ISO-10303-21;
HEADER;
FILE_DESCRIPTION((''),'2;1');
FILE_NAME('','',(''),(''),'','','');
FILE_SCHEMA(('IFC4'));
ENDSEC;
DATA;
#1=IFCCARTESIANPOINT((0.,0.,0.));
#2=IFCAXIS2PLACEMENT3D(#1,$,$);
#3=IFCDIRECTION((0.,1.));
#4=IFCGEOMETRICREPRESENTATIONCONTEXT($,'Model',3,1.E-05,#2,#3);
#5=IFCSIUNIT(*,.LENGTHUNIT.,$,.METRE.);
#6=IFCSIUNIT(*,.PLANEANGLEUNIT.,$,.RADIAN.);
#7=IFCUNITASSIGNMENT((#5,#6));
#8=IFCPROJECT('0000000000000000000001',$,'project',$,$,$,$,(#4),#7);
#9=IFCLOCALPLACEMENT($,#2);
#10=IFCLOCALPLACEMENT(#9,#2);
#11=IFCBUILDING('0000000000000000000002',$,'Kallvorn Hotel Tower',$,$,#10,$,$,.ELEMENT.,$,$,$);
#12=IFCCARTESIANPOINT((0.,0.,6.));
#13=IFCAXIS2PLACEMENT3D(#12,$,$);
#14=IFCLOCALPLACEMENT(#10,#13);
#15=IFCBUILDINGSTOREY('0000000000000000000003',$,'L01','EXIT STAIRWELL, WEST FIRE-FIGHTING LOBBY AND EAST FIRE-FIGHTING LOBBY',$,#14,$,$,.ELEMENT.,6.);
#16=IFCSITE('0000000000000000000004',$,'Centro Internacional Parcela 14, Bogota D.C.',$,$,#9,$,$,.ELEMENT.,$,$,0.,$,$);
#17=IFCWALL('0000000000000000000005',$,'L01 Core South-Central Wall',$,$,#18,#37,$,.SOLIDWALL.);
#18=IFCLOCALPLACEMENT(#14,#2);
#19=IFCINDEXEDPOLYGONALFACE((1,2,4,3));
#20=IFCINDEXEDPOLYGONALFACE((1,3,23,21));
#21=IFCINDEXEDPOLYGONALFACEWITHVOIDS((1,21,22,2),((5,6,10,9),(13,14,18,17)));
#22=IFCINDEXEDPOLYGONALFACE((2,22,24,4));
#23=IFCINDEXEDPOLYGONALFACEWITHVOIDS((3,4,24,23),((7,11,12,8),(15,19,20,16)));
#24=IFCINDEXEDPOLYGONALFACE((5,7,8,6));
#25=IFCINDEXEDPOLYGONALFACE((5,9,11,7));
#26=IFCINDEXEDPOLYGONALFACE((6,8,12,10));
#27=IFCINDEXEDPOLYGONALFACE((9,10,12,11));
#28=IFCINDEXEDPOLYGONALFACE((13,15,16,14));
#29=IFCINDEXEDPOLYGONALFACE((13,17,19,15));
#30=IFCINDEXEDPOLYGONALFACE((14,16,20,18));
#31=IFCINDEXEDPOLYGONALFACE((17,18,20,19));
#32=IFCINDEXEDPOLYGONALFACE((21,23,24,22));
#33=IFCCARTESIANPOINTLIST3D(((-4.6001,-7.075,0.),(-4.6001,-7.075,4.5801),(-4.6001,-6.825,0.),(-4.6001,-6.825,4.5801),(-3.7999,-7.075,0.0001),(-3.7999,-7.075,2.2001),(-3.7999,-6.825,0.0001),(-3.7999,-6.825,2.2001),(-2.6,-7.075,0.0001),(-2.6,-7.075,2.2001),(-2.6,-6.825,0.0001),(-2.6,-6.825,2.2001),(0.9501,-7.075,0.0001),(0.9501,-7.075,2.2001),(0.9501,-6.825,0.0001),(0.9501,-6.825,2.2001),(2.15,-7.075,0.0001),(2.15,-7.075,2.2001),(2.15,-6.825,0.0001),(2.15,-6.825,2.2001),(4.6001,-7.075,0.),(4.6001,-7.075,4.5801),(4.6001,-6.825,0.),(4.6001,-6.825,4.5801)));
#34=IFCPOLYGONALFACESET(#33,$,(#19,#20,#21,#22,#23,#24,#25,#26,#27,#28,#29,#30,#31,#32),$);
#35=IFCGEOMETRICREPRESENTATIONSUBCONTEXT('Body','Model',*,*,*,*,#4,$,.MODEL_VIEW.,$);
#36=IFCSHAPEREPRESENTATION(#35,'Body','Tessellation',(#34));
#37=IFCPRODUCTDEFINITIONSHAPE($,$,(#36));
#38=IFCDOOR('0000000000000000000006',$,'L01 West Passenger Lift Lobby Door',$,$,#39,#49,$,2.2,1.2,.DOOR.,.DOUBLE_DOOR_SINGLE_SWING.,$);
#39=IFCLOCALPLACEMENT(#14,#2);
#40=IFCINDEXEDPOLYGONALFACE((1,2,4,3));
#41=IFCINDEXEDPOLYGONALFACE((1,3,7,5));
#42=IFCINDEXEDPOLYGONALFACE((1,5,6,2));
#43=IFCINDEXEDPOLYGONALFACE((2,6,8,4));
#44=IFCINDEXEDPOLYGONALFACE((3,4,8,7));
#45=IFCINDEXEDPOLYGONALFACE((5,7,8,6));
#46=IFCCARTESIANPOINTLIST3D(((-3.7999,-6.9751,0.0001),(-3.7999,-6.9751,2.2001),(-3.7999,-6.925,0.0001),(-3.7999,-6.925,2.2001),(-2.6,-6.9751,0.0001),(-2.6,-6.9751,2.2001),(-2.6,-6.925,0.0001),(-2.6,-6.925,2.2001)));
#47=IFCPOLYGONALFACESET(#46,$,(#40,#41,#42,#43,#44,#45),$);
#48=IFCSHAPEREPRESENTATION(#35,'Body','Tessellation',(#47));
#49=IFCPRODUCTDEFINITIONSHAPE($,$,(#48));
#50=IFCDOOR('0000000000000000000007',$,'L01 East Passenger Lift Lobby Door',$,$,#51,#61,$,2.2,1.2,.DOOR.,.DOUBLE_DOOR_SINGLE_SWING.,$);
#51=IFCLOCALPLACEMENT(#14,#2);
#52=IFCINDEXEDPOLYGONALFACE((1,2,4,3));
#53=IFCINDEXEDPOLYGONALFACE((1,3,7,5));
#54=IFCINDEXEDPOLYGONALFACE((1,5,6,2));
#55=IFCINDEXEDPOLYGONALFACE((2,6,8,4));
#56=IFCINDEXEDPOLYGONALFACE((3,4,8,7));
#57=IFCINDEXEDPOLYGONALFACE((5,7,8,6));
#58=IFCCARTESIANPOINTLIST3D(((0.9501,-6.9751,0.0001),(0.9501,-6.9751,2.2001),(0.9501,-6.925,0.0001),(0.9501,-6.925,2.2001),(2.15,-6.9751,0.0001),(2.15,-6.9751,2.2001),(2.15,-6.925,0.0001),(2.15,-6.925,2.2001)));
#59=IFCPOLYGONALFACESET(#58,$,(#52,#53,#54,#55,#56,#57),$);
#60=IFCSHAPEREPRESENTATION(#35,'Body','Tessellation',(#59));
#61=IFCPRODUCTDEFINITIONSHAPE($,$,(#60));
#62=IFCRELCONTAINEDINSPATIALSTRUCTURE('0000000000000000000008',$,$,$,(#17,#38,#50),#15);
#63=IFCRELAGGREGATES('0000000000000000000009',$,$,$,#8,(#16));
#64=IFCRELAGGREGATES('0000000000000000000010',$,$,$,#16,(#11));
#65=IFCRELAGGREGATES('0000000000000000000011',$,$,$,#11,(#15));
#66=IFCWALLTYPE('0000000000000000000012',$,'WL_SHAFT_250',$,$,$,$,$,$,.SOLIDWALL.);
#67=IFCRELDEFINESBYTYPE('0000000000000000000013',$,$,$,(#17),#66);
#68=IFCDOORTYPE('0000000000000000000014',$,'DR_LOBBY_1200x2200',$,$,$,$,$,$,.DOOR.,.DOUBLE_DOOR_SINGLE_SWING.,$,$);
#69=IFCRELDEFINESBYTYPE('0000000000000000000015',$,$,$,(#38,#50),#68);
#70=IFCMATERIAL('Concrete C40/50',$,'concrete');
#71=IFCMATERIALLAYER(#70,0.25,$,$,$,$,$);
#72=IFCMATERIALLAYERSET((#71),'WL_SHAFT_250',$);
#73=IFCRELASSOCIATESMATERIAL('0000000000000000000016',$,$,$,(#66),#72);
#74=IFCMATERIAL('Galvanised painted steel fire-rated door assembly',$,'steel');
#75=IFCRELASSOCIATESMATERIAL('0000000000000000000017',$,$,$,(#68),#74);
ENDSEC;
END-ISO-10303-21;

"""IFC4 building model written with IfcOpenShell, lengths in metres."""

from ifc_helpers import new_model, si_unit, direction, frame, frame_2d, origin, place, context, subcontext, project, spatial, rectangle, extrude, material, layer, layer_set, type_object, element, fill, save


model = new_model("IFC4")

# Units and contexts
model_context = context("Model", 3, precision=1e-05, world=origin(), true_north=direction((0.0, 1.0)))
body_context = subcontext(model_context, "Body", "Model", "MODEL_VIEW")
ifc_project = project(units=[si_unit("LENGTHUNIT", "METRE"), si_unit("PLANEANGLEUNIT", "RADIAN")], contexts=[model_context])

# Site, building, storey
site_placement = place(None, origin())
site = spatial("IfcSite", under=ifc_project, at=site_placement, Name="Centro Internacional Parcela 14, Bogota D.C.", CompositionType="ELEMENT", RefElevation=0.0)
building_placement = place(site_placement, origin())
building = spatial("IfcBuilding", under=site, at=building_placement, Name="Kallvorn Hotel Tower", CompositionType="ELEMENT")
storey_placement = place(building_placement, frame((0.0, 0.0, 6.0)))
storey = spatial("IfcBuildingStorey", under=building, at=storey_placement, Name="L01", Description="EXIT STAIRWELL, WEST FIRE-FIGHTING LOBBY AND EAST FIRE-FIGHTING LOBBY", CompositionType="ELEMENT", Elevation=6.0)

# Wall, openings, doors
ifc_material_1 = material(Name="Concrete C40/50", Category="concrete")
ifc_layer_1 = layer(ifc_material_1, 0.25)
ifc_layer_set_1 = layer_set([ifc_layer_1], Name="WL_SHAFT_250")
wall_type_1 = type_object("IfcWallType", Name="WL_SHAFT_250", PredefinedType="SOLIDWALL", material=ifc_layer_set_1)
wall_1_placement = place(storey_placement, frame((-4.6001, -6.95, 0.0), z_axis=(0.0, 0.0, 1.0), x_axis=(1.0, 0.0, 0.0)))
wall_1 = element("IfcWall", 1, at=wall_1_placement, inside=storey, type_object=wall_type_1, Name="L01 Core South-Central Wall", PredefinedType="SOLIDWALL", context=body_context, shape_type="SweptSolid", body=[
    extrude(rectangle(XDim=9.2002, YDim=0.25, at=frame_2d((4.6001, 0.0))), origin(), (0.0, 0.0, 1.0), 4.5801),
])
opening_1_placement = place(wall_1_placement, frame((0.8, 0.0, 0.0)))
opening_1 = element("IfcOpeningElement", 2, at=opening_1_placement, cuts=wall_1, PredefinedType="OPENING", context=body_context, shape_type="SweptSolid", body=[
    extrude(rectangle(XDim=1.2, YDim=2.2, at=frame_2d((0.6001, 1.1001))), frame((0.0, 0.1399, 0.0), z_axis=(0.0, -1.0, 0.0), x_axis=(1.0, 0.0, 0.0)), (0.0, 0.0, 1.0), 0.28),
])
opening_2_placement = place(wall_1_placement, frame((5.55, 0.0, 0.0)))
opening_2 = element("IfcOpeningElement", 3, at=opening_2_placement, cuts=wall_1, PredefinedType="OPENING", context=body_context, shape_type="SweptSolid", body=[
    extrude(rectangle(XDim=1.2, YDim=2.2, at=frame_2d((0.6001, 1.1001))), frame((0.0, 0.1399, 0.0), z_axis=(0.0, -1.0, 0.0), x_axis=(1.0, 0.0, 0.0)), (0.0, 0.0, 1.0), 0.28),
])
ifc_material_2 = material(Name="Galvanised painted steel fire-rated door assembly", Category="steel")
door_type_1 = type_object("IfcDoorType", Name="DR_LOBBY_1200x2200", OperationType="DOUBLE_DOOR_SINGLE_SWING", PredefinedType="DOOR", material=ifc_material_2)
door_1_placement = place(opening_1_placement, origin())
door_1 = element("IfcDoor", 4, at=door_1_placement, inside=storey, type_object=door_type_1, Name="L01 West Passenger Lift Lobby Door", OperationType="DOUBLE_DOOR_SINGLE_SWING", OverallHeight=2.2, OverallWidth=1.2, PredefinedType="DOOR", context=body_context, shape_type="SweptSolid", body=[
    extrude(rectangle(XDim=1.2, YDim=2.2, at=frame_2d((0.6001, 1.1001))), frame((0.0, 0.0249, 0.0), z_axis=(0.0, -1.0, 0.0), x_axis=(1.0, 0.0, 0.0)), (0.0, 0.0, 1.0), 0.05),
])
fill(opening_1, door_1)
door_2_placement = place(opening_2_placement, origin())
door_2 = element("IfcDoor", 5, at=door_2_placement, inside=storey, type_object=door_type_1, Name="L01 East Passenger Lift Lobby Door", OperationType="DOUBLE_DOOR_SINGLE_SWING", OverallHeight=2.2, OverallWidth=1.2, PredefinedType="DOOR", context=body_context, shape_type="SweptSolid", body=[
    extrude(rectangle(XDim=1.2, YDim=2.2, at=frame_2d((0.6001, 1.1001))), frame((0.0, 0.0249, 0.0), z_axis=(0.0, -1.0, 0.0), x_axis=(1.0, 0.0, 0.0)), (0.0, 0.0, 1.0), 0.05),
])
fill(opening_2, door_2)

save(model, "model.ifc")
